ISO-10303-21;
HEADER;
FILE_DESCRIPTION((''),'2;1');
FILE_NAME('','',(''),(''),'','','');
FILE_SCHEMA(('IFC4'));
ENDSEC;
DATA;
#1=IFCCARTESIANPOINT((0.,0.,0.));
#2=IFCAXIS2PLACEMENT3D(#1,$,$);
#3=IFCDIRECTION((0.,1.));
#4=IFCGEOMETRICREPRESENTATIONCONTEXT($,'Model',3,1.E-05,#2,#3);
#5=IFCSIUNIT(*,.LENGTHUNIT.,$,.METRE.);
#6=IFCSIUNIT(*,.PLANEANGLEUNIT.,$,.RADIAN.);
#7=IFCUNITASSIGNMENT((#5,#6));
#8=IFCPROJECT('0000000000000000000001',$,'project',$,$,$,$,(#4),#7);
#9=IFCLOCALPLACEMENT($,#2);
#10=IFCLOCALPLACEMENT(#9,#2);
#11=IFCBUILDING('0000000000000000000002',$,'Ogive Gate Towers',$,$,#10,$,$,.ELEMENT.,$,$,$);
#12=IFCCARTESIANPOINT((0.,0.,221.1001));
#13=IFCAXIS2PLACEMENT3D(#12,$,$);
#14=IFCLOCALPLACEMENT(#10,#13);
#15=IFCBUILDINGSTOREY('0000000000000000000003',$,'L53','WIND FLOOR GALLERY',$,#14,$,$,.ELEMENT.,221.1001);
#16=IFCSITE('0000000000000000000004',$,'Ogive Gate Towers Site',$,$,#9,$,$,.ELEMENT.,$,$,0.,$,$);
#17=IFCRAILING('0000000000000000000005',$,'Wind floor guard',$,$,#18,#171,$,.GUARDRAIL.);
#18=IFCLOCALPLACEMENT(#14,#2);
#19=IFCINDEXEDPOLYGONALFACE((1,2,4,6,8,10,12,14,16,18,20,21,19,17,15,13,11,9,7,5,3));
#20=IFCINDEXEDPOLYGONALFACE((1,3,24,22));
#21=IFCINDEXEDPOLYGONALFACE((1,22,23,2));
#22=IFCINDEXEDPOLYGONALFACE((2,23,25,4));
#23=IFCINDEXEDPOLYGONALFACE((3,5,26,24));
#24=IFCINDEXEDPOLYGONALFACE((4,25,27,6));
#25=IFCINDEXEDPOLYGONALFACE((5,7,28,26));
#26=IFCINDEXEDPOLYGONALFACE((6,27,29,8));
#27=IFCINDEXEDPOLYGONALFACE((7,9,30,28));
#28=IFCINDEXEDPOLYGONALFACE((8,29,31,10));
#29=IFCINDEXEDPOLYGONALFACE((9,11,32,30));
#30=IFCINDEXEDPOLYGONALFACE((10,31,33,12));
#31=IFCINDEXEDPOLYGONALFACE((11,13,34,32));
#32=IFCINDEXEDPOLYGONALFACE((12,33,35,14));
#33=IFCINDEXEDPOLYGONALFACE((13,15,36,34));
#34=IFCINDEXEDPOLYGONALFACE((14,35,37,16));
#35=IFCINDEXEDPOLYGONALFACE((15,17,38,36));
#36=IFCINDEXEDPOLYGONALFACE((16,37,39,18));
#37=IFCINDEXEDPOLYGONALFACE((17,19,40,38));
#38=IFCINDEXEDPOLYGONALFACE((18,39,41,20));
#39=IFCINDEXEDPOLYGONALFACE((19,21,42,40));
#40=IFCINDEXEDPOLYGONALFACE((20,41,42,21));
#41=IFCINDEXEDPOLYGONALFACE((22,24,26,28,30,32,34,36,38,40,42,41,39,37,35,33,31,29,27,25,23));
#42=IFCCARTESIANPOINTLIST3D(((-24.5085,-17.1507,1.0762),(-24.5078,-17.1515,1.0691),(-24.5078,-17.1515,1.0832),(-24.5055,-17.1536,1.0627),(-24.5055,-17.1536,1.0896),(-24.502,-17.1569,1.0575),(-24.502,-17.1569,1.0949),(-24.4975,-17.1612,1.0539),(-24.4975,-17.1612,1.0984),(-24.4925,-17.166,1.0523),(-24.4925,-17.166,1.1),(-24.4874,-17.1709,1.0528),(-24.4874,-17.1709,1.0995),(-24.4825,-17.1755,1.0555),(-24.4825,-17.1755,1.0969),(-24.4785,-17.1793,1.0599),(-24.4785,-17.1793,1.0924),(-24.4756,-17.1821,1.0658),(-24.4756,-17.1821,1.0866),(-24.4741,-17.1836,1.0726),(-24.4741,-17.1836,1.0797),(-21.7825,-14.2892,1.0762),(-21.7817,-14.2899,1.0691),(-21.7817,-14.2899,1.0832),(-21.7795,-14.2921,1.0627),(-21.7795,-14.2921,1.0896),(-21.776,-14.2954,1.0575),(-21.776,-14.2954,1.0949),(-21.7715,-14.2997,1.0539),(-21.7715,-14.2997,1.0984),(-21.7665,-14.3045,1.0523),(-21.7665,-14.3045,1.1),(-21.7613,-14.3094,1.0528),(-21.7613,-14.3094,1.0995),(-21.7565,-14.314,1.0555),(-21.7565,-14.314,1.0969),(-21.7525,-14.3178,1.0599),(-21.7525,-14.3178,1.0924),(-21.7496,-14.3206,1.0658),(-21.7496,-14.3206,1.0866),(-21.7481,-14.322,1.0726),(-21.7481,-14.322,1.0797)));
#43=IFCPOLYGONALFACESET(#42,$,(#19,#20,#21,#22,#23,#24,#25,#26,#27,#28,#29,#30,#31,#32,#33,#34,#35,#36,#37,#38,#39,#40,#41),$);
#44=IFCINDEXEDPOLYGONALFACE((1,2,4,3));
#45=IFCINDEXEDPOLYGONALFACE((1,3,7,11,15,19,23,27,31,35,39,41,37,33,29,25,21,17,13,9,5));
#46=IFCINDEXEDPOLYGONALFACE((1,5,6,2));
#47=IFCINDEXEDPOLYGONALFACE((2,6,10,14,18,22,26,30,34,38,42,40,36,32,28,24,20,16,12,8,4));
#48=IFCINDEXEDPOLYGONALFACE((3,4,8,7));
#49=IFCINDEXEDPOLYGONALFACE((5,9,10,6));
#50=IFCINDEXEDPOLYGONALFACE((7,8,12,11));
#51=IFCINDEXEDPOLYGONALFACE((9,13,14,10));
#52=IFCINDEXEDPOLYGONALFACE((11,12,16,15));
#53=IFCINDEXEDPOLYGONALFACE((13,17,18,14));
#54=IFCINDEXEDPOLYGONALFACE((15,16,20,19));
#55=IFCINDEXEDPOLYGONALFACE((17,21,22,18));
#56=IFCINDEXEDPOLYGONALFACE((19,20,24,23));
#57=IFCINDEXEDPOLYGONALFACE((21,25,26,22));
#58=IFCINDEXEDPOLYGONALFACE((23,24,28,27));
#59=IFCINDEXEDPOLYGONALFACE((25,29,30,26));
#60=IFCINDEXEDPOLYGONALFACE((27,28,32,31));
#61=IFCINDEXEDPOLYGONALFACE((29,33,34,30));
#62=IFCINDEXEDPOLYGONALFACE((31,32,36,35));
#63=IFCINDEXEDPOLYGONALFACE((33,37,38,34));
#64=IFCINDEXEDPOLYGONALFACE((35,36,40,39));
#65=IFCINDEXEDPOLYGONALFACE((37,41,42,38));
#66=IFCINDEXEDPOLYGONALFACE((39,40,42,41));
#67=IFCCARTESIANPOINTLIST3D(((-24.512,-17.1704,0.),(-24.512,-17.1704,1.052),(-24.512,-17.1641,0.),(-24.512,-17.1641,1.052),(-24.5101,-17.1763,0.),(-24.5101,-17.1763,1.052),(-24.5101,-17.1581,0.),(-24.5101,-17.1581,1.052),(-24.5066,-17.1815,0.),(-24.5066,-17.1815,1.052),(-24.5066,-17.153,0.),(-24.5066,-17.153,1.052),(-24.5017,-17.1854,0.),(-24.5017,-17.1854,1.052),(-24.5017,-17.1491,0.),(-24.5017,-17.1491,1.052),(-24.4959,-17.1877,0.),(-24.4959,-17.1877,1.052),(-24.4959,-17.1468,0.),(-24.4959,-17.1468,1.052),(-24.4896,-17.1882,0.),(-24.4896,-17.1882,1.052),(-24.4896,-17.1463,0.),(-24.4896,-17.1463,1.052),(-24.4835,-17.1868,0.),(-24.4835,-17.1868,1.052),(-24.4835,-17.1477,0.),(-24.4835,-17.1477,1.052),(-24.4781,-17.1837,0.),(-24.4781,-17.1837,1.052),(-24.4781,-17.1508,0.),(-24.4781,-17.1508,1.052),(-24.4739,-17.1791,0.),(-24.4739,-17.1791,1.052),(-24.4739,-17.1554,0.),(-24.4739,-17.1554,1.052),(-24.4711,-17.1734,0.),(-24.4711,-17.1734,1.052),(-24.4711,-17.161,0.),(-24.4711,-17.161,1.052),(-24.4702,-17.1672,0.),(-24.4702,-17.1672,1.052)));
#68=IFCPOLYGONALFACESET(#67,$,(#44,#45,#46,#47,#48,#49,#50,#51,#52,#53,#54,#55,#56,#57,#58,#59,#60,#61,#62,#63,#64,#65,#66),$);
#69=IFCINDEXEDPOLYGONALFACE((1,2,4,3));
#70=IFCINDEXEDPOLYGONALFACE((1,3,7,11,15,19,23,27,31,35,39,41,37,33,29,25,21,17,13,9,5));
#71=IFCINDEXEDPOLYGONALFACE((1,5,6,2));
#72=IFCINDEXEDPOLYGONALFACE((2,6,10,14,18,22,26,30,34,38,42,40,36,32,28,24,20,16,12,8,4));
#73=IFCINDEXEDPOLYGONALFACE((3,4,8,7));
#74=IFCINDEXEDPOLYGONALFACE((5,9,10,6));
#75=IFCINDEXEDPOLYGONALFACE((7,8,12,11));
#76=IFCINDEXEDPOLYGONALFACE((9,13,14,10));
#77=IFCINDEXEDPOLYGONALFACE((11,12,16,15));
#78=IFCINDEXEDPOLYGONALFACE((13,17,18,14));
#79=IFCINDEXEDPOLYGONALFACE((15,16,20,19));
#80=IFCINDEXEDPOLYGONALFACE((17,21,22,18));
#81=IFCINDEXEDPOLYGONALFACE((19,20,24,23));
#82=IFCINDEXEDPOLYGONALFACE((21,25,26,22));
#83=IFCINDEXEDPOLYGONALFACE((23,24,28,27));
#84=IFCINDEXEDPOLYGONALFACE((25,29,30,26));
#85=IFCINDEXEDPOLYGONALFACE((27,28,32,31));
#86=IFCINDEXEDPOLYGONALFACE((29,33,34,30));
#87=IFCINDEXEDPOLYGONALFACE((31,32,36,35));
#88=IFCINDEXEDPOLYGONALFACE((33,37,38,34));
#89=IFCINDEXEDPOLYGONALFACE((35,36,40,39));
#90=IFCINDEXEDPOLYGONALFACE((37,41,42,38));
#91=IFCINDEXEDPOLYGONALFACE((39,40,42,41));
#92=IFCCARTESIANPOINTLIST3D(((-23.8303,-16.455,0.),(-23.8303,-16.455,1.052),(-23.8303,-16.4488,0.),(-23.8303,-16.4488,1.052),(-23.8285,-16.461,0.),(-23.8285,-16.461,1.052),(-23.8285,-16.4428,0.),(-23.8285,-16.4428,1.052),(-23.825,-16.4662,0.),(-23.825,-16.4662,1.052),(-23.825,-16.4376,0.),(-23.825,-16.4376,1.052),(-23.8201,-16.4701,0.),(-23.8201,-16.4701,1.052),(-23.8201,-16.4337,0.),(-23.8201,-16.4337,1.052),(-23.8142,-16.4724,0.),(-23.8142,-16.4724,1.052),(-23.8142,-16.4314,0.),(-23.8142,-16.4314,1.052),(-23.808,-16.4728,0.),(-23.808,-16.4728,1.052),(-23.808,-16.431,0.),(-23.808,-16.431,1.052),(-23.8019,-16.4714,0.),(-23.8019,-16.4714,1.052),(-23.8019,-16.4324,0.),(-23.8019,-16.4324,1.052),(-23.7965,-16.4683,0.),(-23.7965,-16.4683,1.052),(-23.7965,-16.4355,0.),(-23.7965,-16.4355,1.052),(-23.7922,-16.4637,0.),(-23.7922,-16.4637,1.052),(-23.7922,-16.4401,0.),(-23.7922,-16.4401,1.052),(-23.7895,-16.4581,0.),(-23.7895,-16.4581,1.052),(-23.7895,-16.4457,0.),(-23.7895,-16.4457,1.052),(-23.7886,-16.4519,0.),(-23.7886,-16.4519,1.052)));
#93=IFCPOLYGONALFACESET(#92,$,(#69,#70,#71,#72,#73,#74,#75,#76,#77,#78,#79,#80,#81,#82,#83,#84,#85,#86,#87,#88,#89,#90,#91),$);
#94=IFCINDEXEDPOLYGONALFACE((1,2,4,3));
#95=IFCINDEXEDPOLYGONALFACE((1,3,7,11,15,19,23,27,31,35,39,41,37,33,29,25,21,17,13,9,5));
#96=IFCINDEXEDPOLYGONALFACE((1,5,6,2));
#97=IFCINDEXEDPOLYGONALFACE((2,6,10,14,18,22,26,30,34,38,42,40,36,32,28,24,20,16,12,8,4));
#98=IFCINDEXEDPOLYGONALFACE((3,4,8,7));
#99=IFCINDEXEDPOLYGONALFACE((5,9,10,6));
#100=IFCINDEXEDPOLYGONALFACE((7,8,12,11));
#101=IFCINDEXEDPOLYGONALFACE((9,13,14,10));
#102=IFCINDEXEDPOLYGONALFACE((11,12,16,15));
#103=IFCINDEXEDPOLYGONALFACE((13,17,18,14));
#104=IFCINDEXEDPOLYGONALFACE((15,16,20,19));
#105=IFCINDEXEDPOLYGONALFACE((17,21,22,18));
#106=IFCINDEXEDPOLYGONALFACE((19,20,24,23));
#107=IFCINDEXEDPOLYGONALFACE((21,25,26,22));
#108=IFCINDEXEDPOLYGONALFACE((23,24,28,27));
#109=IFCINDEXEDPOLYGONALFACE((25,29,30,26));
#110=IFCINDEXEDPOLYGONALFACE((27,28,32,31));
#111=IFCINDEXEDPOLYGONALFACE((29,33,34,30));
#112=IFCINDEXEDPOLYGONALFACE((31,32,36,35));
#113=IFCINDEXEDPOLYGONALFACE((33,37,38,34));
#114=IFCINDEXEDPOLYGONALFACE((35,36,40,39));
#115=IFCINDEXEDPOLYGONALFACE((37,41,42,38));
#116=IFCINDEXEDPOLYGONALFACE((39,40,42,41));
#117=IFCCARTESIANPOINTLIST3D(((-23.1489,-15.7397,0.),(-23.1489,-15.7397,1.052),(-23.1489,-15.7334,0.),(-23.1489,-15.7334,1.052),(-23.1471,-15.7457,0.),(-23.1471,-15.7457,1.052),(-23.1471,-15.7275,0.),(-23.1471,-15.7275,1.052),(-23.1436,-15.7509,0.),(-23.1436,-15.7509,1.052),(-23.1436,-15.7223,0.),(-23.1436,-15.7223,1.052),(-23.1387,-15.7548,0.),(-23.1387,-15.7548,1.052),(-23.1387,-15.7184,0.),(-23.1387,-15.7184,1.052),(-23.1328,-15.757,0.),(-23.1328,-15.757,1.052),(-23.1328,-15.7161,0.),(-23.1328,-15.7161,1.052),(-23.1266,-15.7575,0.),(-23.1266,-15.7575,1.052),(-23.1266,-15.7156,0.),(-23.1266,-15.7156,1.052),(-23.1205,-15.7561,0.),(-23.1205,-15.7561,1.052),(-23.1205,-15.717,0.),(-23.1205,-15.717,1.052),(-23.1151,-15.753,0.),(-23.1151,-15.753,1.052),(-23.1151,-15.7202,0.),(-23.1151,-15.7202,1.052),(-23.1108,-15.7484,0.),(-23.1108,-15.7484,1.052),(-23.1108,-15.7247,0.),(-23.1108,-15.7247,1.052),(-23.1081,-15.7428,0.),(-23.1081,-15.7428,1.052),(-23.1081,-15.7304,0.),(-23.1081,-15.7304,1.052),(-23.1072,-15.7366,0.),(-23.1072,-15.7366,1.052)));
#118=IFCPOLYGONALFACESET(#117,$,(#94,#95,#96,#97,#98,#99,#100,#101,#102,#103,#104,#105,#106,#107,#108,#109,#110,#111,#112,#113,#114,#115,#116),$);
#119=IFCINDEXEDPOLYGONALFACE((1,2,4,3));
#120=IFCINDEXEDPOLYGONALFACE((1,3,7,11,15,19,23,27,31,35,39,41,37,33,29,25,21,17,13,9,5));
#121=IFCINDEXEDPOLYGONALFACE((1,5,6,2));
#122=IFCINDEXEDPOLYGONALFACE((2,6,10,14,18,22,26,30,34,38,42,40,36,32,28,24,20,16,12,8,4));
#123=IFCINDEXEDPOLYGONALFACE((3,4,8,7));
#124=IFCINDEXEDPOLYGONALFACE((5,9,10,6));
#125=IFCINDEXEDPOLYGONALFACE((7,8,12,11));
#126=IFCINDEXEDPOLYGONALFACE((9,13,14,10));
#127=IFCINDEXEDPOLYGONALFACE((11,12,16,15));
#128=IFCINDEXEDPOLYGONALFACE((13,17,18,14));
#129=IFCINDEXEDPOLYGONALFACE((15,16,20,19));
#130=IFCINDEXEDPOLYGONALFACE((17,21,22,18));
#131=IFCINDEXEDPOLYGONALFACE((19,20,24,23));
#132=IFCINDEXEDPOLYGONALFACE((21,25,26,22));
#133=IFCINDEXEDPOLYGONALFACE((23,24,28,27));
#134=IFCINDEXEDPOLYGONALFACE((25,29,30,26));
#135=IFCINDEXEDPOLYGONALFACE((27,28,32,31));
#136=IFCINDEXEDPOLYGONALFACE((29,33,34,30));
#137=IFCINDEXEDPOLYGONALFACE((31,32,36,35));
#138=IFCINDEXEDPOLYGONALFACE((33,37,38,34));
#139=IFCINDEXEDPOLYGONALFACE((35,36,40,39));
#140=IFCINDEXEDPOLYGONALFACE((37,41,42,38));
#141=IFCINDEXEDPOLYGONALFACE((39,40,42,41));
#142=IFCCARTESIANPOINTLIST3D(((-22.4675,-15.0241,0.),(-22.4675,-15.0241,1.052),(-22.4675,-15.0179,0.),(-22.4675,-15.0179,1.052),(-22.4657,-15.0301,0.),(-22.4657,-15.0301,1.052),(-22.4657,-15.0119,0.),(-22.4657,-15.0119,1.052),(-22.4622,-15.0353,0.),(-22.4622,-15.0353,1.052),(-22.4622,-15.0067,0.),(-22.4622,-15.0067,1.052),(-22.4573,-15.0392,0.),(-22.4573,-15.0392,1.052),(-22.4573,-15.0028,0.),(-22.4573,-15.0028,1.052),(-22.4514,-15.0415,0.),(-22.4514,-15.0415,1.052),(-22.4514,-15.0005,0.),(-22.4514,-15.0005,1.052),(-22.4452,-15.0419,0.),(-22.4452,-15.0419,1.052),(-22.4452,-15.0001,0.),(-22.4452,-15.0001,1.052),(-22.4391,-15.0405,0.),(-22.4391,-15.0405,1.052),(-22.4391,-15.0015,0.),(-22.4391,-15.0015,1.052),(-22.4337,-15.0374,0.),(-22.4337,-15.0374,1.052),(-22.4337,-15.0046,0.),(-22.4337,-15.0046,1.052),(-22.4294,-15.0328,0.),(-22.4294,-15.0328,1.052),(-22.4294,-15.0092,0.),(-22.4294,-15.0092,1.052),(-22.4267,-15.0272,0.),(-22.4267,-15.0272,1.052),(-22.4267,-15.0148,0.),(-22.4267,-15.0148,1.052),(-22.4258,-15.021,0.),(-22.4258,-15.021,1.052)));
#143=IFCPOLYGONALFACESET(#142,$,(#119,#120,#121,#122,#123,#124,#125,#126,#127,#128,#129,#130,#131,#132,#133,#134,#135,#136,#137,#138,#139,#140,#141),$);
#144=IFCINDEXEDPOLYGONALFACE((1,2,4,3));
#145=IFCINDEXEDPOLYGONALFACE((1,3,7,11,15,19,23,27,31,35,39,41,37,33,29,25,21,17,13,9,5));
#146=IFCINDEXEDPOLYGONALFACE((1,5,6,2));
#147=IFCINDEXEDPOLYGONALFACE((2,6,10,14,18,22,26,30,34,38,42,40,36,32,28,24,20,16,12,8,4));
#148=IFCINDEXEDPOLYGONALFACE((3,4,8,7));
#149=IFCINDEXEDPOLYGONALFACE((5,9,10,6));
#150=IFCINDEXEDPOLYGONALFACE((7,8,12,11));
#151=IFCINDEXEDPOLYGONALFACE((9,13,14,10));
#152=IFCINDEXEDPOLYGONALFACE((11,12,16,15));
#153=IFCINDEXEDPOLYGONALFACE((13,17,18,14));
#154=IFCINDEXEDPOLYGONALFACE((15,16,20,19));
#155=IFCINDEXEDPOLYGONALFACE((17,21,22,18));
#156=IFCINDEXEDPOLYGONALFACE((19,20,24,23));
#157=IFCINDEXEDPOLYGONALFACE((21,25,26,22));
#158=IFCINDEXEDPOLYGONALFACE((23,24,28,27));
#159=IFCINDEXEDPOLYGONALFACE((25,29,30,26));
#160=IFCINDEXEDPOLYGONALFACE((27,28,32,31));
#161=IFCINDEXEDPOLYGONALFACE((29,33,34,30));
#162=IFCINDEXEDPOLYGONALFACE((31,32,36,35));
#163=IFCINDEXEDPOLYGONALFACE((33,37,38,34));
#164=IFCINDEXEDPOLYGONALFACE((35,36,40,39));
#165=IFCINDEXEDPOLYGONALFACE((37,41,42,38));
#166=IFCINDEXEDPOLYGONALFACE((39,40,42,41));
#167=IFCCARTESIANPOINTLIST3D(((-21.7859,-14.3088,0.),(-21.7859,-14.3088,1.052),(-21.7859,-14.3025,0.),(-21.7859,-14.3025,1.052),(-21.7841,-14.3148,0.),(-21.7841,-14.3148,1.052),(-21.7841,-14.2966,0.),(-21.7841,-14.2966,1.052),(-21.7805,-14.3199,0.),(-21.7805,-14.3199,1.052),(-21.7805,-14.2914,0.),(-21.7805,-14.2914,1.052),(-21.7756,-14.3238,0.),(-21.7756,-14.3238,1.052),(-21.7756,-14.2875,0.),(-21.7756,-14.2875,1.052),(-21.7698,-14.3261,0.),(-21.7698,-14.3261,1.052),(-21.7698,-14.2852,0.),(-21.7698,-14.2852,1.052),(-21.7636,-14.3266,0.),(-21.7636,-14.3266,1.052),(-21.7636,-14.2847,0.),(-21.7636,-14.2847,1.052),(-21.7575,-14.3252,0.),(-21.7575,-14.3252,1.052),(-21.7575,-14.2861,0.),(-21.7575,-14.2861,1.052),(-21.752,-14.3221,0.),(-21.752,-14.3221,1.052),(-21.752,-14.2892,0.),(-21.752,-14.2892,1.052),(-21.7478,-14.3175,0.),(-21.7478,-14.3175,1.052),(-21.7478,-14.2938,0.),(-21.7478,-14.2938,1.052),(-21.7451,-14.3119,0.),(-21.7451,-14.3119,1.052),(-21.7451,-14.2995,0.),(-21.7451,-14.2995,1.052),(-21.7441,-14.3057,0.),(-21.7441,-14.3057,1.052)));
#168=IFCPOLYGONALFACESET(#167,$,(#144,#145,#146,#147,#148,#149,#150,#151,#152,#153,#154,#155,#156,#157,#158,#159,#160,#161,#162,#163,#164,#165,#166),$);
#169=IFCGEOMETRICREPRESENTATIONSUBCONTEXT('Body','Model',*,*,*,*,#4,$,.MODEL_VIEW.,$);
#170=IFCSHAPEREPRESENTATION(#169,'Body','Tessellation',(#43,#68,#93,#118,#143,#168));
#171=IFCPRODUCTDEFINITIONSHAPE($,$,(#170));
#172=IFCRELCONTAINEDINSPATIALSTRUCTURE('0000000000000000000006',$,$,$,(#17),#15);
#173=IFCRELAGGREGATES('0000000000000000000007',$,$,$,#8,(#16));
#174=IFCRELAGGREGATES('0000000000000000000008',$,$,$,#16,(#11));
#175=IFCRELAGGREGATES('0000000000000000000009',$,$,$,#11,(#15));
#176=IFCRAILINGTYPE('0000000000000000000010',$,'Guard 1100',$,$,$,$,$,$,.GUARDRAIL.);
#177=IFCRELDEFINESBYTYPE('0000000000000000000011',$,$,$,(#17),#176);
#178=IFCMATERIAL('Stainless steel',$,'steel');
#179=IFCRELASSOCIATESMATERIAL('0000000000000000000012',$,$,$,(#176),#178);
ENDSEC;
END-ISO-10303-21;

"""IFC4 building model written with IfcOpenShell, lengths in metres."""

from ifc_helpers import new_model, si_unit, direction, frame, origin, origin_2d, place, context, subcontext, project, spatial, circle, extrude, material, type_object, element, save


model = new_model("IFC4")

# Units and contexts
model_context = context("Model", 3, precision=1e-05, world=origin(), true_north=direction((0.0, 1.0)))
body_context = subcontext(model_context, "Body", "Model", "MODEL_VIEW")
ifc_project = project(units=[si_unit("LENGTHUNIT", "METRE"), si_unit("PLANEANGLEUNIT", "RADIAN")], contexts=[model_context])

# Site, building, storey
site_placement = place(None, origin())
site = spatial("IfcSite", under=ifc_project, at=site_placement, Name="Ogive Gate Towers Site", CompositionType="ELEMENT", RefElevation=0.0)
building_placement = place(site_placement, origin())
building = spatial("IfcBuilding", under=site, at=building_placement, Name="Ogive Gate Towers", CompositionType="ELEMENT")
storey_placement = place(building_placement, frame((0.0, 0.0, 221.1001)))
storey = spatial("IfcBuildingStorey", under=building, at=storey_placement, Name="L53", Description="WIND FLOOR GALLERY", CompositionType="ELEMENT", Elevation=221.1001)

# Railing
ifc_material_1 = material(Name="Stainless steel", Category="steel")
railing_type_1 = type_object("IfcRailingType", Name="Guard 1100", PredefinedType="GUARDRAIL", material=ifc_material_1)
railing_1_placement = place(storey_placement, frame((-24.4912, -17.1672, 0.0)))
element("IfcRailing", 1, at=railing_1_placement, inside=storey, type_object=railing_type_1, Name="Wind floor guard", PredefinedType="GUARDRAIL", context=body_context, shape_type="SweptSolid", body=[
    extrude(circle(Radius=0.0239, at=origin_2d()), frame((0.0, 0.0, 1.0762), z_axis=(0.689757, 0.724041, 0.0), x_axis=(-0.724041, 0.689757, 0.0)), (0.0, 0.0, 1.0), 3.9521),
    extrude(circle(Radius=0.021, at=origin_2d()), origin(), (0.0, 0.0, 1.0), 1.052),
    extrude(circle(Radius=0.021, at=origin_2d()), frame((0.6816, 0.7153, 0.0)), (0.0, 0.0, 1.0), 1.052),
    extrude(circle(Radius=0.021, at=origin_2d()), frame((1.363, 1.4307, 0.0)), (0.0, 0.0, 1.0), 1.052),
    extrude(circle(Radius=0.021, at=origin_2d()), frame((2.0444, 2.1462, 0.0)), (0.0, 0.0, 1.0), 1.052),
    extrude(circle(Radius=0.021, at=origin_2d()), frame((2.7261, 2.8616, 0.0)), (0.0, 0.0, 1.0), 1.052),
])

save(model, "model.ifc")
